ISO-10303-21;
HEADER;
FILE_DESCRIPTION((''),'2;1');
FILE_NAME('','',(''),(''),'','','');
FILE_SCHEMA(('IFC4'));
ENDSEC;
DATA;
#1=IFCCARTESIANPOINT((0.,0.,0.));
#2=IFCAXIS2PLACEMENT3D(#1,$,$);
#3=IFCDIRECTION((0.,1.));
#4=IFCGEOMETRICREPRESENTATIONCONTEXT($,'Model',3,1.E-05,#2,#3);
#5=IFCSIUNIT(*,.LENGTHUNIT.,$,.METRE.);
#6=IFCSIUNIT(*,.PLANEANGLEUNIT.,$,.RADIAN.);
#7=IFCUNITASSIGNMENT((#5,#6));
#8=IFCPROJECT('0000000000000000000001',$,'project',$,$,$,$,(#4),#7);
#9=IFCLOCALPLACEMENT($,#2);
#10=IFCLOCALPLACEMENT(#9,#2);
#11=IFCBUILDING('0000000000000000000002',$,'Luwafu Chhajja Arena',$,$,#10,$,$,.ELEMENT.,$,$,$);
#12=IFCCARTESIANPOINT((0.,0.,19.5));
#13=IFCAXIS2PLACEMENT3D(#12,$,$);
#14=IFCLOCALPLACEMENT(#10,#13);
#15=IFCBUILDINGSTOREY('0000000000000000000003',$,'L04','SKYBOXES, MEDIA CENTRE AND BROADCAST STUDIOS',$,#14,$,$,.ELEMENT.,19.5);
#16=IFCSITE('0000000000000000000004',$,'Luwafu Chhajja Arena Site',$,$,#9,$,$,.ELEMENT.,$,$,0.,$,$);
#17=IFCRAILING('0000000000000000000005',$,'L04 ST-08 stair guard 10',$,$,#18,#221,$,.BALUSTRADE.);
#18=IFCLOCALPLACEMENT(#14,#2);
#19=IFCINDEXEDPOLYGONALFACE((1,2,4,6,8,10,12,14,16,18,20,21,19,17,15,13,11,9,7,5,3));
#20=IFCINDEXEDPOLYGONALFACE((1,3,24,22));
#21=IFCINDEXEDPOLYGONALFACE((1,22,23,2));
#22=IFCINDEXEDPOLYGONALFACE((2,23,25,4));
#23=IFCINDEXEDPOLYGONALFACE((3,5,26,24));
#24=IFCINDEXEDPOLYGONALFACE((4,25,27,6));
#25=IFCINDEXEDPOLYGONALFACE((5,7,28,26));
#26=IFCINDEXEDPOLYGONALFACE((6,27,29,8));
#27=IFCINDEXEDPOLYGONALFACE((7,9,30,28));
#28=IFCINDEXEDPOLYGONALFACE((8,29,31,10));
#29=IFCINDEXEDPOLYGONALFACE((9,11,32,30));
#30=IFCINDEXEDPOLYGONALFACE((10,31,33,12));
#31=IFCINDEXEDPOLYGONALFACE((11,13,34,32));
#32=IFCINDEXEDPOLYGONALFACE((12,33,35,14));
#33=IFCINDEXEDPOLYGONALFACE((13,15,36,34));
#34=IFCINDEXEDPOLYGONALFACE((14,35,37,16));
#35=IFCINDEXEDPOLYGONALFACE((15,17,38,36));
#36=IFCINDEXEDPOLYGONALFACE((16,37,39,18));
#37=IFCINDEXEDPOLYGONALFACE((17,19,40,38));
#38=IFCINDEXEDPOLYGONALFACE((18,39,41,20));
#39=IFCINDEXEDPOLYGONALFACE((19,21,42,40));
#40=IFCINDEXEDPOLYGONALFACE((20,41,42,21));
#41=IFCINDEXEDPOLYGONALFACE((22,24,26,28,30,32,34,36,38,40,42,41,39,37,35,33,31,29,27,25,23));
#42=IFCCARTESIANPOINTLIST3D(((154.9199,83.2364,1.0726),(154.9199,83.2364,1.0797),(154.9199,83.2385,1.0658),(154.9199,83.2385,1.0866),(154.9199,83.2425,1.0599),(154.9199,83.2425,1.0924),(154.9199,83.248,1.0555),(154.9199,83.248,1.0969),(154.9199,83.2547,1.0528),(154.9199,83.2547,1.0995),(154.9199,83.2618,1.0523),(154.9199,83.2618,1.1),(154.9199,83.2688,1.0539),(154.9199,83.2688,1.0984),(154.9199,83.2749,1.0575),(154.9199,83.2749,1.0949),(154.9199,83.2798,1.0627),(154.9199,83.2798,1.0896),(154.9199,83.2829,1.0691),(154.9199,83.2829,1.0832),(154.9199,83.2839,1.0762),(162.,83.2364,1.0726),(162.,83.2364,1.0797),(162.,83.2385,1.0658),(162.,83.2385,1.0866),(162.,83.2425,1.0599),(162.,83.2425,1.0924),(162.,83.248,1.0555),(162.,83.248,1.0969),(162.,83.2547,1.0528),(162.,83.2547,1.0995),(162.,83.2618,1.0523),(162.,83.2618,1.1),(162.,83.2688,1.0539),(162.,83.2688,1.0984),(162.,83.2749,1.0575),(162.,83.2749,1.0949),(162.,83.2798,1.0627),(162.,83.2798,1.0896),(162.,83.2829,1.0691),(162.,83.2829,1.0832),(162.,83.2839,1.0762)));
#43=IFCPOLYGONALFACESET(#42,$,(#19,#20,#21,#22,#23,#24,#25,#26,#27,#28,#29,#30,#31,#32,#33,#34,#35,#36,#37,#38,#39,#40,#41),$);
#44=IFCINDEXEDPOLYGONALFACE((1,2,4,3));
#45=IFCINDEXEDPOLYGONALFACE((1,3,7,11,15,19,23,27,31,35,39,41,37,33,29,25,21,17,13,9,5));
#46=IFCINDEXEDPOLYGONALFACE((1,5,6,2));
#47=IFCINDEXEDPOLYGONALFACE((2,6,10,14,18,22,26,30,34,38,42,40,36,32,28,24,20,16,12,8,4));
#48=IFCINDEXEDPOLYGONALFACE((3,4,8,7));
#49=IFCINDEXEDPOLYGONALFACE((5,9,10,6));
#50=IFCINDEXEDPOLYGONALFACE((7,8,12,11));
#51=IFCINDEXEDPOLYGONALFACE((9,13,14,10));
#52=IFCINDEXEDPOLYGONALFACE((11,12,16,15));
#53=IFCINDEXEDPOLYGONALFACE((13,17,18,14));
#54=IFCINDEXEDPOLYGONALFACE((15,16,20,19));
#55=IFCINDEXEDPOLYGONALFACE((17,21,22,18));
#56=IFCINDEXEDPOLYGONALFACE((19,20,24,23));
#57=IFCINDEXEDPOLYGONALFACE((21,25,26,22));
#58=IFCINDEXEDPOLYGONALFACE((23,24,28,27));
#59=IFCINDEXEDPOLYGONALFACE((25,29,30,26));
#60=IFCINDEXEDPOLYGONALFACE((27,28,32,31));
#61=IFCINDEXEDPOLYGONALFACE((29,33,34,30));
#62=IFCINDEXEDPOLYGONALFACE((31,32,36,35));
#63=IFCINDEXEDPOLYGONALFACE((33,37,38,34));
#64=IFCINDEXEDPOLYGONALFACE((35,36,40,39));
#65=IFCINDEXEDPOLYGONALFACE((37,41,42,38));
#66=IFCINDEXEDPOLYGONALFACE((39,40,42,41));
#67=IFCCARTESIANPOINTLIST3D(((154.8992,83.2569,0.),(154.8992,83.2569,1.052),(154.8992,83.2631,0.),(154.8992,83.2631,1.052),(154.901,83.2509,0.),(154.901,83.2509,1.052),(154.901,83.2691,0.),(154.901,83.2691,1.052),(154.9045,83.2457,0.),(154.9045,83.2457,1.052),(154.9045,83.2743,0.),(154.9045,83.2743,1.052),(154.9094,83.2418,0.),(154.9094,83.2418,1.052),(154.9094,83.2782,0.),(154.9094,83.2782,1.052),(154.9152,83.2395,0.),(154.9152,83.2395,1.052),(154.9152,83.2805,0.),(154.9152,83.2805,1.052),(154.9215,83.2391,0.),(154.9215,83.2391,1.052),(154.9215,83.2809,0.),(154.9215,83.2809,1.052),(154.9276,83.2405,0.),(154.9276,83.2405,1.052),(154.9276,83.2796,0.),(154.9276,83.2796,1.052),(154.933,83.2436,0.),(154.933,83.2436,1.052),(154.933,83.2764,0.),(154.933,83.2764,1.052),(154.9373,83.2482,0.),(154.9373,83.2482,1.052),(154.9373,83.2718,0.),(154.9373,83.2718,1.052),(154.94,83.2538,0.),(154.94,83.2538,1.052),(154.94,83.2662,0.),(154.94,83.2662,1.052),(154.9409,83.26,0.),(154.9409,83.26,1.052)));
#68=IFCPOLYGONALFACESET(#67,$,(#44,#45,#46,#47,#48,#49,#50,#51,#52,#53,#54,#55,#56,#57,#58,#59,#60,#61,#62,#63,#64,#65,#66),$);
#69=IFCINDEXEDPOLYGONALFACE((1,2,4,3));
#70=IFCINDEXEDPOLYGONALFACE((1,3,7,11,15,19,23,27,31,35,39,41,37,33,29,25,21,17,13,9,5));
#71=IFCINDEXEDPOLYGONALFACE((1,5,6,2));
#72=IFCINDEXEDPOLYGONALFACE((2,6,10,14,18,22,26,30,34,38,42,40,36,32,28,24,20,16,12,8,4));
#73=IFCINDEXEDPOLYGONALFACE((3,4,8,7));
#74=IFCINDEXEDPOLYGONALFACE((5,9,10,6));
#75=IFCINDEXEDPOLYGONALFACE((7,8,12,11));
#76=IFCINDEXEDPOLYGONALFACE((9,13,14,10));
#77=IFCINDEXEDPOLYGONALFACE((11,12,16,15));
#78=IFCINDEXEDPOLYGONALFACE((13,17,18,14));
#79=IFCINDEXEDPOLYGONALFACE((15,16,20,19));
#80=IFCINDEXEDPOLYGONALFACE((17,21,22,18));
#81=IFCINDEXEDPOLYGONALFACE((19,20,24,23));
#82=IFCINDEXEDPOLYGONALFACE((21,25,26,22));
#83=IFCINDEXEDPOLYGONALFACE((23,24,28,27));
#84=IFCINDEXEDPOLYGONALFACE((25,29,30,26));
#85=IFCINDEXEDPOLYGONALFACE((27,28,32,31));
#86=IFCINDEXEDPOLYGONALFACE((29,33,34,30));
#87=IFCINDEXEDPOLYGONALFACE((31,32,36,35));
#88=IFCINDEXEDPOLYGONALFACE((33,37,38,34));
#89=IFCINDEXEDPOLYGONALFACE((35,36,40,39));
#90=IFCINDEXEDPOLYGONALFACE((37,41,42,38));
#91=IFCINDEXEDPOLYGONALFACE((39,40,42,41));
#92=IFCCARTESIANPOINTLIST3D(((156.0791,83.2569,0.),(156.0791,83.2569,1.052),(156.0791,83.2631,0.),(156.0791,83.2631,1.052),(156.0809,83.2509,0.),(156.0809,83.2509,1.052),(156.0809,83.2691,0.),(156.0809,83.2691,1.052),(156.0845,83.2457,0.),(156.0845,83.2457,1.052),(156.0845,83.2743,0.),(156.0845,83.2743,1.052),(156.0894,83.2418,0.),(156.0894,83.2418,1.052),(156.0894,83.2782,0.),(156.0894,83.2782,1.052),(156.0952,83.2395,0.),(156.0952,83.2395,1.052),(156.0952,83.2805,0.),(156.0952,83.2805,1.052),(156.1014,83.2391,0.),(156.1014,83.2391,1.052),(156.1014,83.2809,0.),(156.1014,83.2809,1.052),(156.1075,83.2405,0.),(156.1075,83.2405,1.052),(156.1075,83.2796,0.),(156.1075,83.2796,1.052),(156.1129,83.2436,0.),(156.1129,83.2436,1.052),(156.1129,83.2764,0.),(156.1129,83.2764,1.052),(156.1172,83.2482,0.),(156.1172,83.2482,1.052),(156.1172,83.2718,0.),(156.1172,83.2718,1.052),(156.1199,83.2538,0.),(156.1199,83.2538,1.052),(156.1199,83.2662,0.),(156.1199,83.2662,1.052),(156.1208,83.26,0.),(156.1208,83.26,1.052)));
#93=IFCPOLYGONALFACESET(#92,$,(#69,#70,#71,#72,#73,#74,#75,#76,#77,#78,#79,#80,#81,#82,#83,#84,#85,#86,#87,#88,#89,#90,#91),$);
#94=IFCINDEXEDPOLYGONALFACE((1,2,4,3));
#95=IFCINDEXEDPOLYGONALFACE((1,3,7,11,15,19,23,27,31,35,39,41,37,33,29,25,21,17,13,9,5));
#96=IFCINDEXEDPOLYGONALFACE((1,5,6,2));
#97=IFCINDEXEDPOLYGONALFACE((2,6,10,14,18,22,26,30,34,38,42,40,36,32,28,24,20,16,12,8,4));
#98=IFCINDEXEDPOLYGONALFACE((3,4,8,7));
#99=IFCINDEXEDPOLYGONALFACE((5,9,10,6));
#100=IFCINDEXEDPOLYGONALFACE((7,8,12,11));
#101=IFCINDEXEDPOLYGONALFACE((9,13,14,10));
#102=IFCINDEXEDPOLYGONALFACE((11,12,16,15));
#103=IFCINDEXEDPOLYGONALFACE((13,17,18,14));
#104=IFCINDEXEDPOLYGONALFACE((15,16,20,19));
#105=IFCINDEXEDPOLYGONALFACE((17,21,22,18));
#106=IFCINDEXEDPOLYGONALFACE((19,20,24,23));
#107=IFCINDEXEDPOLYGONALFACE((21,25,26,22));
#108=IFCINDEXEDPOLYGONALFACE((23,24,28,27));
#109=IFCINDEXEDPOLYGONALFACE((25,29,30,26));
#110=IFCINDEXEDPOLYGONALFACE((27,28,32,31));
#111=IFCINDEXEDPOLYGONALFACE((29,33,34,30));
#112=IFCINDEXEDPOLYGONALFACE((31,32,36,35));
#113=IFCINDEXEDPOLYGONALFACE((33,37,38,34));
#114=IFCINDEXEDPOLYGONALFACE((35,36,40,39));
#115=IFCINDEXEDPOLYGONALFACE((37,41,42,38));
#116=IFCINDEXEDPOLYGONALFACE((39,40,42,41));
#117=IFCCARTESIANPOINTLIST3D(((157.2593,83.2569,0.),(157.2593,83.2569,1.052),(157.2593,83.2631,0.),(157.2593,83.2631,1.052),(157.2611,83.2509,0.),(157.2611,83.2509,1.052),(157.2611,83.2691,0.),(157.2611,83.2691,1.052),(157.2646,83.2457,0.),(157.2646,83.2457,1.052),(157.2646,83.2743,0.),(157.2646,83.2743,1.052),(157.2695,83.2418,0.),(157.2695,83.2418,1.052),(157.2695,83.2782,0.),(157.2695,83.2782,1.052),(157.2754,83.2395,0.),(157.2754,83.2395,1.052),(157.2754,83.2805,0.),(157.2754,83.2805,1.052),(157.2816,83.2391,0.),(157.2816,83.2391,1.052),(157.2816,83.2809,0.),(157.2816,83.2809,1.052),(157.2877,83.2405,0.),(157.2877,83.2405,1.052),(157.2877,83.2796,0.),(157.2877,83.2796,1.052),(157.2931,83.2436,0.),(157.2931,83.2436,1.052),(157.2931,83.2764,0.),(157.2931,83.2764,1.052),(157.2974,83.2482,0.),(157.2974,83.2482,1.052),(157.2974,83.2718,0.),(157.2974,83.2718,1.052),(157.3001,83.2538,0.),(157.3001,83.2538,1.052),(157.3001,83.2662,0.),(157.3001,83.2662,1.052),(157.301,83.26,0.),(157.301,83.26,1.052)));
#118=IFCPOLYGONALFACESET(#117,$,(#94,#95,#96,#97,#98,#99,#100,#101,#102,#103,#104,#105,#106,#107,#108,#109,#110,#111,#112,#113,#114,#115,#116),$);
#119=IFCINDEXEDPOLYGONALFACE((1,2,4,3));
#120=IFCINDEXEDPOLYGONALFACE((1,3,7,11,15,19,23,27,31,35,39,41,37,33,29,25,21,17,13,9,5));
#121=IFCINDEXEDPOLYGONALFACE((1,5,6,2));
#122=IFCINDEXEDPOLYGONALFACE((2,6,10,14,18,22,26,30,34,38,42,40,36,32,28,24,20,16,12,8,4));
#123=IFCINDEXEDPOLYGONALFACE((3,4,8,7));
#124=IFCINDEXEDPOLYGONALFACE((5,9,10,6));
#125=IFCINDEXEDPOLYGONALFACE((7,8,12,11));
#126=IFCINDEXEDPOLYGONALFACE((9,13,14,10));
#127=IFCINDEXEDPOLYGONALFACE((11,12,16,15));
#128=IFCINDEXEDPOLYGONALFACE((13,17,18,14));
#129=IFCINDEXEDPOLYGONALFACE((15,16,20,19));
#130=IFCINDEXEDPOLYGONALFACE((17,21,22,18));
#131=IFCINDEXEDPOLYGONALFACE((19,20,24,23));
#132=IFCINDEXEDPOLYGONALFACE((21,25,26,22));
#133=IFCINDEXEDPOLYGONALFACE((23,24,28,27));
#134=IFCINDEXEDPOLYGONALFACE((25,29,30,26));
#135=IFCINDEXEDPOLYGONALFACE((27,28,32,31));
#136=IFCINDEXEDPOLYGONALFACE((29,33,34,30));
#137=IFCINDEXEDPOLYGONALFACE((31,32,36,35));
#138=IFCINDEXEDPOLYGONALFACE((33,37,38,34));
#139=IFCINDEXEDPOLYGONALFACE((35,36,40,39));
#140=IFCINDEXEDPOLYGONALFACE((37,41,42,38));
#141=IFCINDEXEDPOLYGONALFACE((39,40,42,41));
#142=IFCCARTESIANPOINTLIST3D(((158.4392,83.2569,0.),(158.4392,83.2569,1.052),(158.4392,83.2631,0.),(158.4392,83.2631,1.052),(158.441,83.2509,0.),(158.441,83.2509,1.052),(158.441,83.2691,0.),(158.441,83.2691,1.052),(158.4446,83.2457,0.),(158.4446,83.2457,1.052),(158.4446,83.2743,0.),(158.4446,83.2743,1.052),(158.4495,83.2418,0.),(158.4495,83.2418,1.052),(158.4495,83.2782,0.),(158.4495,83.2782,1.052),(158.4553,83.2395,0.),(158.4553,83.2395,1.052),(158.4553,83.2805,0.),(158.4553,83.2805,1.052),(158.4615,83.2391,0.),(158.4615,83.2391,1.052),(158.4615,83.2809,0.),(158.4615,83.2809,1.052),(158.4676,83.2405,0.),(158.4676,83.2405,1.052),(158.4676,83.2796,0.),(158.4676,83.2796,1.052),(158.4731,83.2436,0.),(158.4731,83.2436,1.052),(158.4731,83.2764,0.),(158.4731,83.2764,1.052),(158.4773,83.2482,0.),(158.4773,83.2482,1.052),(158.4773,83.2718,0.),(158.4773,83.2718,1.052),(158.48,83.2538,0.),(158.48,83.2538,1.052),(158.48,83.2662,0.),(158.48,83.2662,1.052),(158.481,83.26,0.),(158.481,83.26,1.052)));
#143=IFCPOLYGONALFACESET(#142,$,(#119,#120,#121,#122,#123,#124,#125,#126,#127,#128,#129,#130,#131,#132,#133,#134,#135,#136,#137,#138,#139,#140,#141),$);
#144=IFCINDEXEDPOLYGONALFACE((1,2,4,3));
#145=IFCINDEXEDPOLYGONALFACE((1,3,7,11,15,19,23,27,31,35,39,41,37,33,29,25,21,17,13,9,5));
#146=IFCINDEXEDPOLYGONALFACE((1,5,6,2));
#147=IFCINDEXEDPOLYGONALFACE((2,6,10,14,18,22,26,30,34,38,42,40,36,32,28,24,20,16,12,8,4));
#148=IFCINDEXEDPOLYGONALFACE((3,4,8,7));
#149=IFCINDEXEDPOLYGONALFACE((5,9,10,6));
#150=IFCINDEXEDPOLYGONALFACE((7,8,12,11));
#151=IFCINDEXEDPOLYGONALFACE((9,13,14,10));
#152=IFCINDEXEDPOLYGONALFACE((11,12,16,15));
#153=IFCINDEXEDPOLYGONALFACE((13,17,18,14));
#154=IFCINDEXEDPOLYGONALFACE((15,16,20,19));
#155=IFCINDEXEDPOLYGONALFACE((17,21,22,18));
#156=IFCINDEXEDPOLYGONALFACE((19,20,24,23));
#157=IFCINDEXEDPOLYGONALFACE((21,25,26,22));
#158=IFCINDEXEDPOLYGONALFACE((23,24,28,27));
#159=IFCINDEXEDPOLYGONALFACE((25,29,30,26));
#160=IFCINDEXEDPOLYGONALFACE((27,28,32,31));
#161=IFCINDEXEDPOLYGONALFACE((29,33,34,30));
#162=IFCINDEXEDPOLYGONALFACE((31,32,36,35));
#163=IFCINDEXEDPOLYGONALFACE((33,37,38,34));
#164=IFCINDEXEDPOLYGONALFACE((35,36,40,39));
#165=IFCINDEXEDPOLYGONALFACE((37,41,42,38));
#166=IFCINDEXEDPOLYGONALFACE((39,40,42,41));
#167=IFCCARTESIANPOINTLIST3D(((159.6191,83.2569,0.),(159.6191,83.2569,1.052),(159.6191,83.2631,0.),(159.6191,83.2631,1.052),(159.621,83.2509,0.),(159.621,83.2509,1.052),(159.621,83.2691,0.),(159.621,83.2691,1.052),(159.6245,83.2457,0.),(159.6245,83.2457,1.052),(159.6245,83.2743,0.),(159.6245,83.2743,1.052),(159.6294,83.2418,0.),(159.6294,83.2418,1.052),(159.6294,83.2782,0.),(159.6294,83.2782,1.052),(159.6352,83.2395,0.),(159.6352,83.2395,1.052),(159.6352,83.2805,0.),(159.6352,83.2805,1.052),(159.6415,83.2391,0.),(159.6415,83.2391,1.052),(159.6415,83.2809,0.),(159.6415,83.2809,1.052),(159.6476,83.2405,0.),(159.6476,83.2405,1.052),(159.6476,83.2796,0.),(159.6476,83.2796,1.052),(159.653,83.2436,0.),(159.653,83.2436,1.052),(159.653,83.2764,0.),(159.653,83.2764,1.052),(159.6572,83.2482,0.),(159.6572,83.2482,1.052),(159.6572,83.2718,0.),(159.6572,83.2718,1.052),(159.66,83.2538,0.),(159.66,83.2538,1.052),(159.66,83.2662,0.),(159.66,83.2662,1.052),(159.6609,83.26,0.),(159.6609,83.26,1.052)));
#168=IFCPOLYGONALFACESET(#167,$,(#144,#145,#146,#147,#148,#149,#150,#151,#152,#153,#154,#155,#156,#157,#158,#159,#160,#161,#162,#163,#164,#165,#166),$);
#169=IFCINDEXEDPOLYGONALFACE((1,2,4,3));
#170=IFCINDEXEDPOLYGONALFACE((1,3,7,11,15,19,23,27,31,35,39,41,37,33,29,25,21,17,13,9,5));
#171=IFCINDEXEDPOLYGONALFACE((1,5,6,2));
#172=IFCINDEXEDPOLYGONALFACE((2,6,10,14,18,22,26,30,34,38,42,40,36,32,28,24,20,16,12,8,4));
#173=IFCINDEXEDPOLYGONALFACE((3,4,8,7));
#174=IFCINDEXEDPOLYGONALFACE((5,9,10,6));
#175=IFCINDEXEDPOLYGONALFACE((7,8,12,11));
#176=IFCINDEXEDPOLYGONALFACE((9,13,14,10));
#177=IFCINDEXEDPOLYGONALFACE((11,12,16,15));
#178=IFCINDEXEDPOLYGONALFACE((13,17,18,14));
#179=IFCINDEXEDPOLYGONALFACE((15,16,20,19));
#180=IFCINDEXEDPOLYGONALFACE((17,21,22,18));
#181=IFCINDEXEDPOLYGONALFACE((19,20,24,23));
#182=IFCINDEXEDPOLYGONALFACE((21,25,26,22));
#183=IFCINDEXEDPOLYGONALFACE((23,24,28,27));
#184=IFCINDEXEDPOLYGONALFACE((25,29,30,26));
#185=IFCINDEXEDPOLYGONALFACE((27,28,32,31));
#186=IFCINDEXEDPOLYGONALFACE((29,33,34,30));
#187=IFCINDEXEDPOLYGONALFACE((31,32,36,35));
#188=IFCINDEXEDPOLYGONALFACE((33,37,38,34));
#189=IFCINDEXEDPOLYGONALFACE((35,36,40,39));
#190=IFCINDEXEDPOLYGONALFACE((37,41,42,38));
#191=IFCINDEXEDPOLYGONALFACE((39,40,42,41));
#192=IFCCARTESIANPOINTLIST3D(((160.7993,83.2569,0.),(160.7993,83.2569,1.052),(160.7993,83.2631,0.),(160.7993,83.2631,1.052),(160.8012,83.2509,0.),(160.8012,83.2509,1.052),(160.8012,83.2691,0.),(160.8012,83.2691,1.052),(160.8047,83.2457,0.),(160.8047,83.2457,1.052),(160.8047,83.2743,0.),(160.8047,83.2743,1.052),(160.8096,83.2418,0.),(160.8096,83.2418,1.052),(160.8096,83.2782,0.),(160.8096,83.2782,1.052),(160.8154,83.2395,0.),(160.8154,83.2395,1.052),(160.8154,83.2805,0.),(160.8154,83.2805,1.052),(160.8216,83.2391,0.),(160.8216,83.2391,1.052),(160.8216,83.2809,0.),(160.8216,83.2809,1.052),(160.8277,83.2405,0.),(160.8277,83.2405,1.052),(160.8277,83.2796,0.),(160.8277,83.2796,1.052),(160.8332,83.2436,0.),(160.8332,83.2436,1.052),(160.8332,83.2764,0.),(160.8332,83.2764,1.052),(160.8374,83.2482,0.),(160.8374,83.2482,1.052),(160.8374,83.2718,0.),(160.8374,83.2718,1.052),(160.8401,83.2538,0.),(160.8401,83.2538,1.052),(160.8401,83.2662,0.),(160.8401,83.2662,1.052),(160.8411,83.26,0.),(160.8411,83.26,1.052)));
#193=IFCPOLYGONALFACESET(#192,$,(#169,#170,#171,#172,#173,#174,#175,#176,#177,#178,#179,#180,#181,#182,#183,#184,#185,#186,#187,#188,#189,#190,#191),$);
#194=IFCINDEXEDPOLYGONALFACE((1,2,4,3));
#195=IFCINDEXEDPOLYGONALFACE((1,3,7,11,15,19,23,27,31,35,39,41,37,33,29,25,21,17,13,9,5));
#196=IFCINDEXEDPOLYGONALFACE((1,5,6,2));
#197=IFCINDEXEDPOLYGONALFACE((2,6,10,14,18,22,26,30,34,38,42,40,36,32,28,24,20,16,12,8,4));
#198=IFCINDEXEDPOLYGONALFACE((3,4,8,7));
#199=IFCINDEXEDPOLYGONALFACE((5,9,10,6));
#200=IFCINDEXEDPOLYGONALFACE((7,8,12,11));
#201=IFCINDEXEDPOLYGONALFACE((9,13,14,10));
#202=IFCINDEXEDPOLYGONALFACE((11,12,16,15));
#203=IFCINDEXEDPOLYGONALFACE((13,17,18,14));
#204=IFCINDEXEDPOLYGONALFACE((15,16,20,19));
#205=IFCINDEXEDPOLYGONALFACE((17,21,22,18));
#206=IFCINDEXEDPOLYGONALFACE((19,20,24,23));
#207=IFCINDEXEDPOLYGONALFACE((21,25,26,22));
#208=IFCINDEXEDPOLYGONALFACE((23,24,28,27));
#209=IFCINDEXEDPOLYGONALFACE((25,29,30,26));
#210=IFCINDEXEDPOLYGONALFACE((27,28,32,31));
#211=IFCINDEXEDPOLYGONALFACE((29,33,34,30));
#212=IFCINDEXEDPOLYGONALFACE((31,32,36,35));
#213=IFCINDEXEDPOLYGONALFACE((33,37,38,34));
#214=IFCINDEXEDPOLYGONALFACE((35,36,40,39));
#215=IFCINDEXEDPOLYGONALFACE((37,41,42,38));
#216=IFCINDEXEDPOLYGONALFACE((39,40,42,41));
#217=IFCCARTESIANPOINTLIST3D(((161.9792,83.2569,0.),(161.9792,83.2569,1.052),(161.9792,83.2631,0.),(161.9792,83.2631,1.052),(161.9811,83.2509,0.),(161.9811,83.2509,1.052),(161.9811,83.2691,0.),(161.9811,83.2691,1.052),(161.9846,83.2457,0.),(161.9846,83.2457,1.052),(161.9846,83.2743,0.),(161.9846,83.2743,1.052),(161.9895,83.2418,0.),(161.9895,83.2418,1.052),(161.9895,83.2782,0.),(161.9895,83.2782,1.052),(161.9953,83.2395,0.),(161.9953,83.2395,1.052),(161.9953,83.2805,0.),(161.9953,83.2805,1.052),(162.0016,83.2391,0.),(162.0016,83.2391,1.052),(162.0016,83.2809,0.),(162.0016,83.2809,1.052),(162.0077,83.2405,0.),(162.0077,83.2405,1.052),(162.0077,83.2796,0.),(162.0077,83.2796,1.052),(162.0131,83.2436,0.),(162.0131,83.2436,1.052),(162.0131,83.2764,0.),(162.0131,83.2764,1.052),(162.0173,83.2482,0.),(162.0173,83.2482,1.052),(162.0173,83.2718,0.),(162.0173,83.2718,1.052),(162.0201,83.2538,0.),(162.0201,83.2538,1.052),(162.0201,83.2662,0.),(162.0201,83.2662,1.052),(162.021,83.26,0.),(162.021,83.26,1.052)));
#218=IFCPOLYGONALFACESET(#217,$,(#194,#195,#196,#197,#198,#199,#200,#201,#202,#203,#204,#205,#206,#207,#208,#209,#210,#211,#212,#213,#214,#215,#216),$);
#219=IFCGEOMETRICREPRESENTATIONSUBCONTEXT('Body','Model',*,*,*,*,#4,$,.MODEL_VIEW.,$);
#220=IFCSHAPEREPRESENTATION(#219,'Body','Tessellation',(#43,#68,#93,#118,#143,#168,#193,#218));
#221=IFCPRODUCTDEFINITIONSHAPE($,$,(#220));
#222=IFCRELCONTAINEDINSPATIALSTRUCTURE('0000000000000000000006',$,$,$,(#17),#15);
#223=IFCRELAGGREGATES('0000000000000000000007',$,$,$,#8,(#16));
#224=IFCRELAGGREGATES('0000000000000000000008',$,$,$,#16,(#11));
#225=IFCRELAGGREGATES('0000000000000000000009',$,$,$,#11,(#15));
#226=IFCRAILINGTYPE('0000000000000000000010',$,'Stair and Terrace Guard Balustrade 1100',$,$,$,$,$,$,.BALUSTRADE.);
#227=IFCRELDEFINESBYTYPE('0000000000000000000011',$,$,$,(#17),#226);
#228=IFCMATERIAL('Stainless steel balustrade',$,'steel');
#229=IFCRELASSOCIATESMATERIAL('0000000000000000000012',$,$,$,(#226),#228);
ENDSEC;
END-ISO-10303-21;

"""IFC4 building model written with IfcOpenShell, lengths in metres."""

from ifc_helpers import new_model, si_unit, direction, frame, origin, origin_2d, place, context, subcontext, project, spatial, circle, extrude, material, type_object, element, save


model = new_model("IFC4")

# Units and contexts
model_context = context("Model", 3, precision=1e-05, world=origin(), true_north=direction((0.0, 1.0)))
body_context = subcontext(model_context, "Body", "Model", "MODEL_VIEW")
ifc_project = project(units=[si_unit("LENGTHUNIT", "METRE"), si_unit("PLANEANGLEUNIT", "RADIAN")], contexts=[model_context])

# Site, building, storey
site_placement = place(None, origin())
site = spatial("IfcSite", under=ifc_project, at=site_placement, Name="Luwafu Chhajja Arena Site", CompositionType="ELEMENT", RefElevation=0.0)
building_placement = place(site_placement, origin())
building = spatial("IfcBuilding", under=site, at=building_placement, Name="Luwafu Chhajja Arena", CompositionType="ELEMENT")
storey_placement = place(building_placement, frame((0.0, 0.0, 19.5)))
storey = spatial("IfcBuildingStorey", under=building, at=storey_placement, Name="L04", Description="SKYBOXES, MEDIA CENTRE AND BROADCAST STUDIOS", CompositionType="ELEMENT", Elevation=19.5)

# Railing
ifc_material_1 = material(Name="Stainless steel balustrade", Category="steel")
railing_type = type_object("IfcRailingType", Name="Stair and Terrace Guard Balustrade 1100", PredefinedType="BALUSTRADE", material=ifc_material_1)
for number, where, name in (
    (1, (154.9199, 83.26, 0.0), "L04 ST-08 stair guard 10"),
):
    element("IfcRailing", number, at=place(storey_placement, frame(where)), inside=storey, type_object=railing_type, Name=name, PredefinedType="BALUSTRADE", context=body_context, shape_type="SweptSolid", body=[
        extrude(circle(Radius=0.0239, at=origin_2d()), frame((0.0, 0.0, 1.0762), z_axis=(1.0, 0.0, 0.0), x_axis=(0.0, 1.0, 0.0)), (0.0, 0.0, 1.0), 7.0801),
        extrude(circle(Radius=0.021, at=origin_2d()), origin(), (0.0, 0.0, 1.0), 1.052),
        extrude(circle(Radius=0.021, at=origin_2d()), frame((1.1799, 0.0, 0.0)), (0.0, 0.0, 1.0), 1.052),
        extrude(circle(Radius=0.021, at=origin_2d()), frame((2.3601, 0.0, 0.0)), (0.0, 0.0, 1.0), 1.052),
        extrude(circle(Radius=0.021, at=origin_2d()), frame((3.54, 0.0, 0.0)), (0.0, 0.0, 1.0), 1.052),
        extrude(circle(Radius=0.021, at=origin_2d()), frame((4.72, 0.0, 0.0)), (0.0, 0.0, 1.0), 1.052),
        extrude(circle(Radius=0.021, at=origin_2d()), frame((5.9001, 0.0, 0.0)), (0.0, 0.0, 1.0), 1.052),
        extrude(circle(Radius=0.021, at=origin_2d()), frame((7.0801, 0.0, 0.0)), (0.0, 0.0, 1.0), 1.052),
    ])

save(model, "model.ifc")
